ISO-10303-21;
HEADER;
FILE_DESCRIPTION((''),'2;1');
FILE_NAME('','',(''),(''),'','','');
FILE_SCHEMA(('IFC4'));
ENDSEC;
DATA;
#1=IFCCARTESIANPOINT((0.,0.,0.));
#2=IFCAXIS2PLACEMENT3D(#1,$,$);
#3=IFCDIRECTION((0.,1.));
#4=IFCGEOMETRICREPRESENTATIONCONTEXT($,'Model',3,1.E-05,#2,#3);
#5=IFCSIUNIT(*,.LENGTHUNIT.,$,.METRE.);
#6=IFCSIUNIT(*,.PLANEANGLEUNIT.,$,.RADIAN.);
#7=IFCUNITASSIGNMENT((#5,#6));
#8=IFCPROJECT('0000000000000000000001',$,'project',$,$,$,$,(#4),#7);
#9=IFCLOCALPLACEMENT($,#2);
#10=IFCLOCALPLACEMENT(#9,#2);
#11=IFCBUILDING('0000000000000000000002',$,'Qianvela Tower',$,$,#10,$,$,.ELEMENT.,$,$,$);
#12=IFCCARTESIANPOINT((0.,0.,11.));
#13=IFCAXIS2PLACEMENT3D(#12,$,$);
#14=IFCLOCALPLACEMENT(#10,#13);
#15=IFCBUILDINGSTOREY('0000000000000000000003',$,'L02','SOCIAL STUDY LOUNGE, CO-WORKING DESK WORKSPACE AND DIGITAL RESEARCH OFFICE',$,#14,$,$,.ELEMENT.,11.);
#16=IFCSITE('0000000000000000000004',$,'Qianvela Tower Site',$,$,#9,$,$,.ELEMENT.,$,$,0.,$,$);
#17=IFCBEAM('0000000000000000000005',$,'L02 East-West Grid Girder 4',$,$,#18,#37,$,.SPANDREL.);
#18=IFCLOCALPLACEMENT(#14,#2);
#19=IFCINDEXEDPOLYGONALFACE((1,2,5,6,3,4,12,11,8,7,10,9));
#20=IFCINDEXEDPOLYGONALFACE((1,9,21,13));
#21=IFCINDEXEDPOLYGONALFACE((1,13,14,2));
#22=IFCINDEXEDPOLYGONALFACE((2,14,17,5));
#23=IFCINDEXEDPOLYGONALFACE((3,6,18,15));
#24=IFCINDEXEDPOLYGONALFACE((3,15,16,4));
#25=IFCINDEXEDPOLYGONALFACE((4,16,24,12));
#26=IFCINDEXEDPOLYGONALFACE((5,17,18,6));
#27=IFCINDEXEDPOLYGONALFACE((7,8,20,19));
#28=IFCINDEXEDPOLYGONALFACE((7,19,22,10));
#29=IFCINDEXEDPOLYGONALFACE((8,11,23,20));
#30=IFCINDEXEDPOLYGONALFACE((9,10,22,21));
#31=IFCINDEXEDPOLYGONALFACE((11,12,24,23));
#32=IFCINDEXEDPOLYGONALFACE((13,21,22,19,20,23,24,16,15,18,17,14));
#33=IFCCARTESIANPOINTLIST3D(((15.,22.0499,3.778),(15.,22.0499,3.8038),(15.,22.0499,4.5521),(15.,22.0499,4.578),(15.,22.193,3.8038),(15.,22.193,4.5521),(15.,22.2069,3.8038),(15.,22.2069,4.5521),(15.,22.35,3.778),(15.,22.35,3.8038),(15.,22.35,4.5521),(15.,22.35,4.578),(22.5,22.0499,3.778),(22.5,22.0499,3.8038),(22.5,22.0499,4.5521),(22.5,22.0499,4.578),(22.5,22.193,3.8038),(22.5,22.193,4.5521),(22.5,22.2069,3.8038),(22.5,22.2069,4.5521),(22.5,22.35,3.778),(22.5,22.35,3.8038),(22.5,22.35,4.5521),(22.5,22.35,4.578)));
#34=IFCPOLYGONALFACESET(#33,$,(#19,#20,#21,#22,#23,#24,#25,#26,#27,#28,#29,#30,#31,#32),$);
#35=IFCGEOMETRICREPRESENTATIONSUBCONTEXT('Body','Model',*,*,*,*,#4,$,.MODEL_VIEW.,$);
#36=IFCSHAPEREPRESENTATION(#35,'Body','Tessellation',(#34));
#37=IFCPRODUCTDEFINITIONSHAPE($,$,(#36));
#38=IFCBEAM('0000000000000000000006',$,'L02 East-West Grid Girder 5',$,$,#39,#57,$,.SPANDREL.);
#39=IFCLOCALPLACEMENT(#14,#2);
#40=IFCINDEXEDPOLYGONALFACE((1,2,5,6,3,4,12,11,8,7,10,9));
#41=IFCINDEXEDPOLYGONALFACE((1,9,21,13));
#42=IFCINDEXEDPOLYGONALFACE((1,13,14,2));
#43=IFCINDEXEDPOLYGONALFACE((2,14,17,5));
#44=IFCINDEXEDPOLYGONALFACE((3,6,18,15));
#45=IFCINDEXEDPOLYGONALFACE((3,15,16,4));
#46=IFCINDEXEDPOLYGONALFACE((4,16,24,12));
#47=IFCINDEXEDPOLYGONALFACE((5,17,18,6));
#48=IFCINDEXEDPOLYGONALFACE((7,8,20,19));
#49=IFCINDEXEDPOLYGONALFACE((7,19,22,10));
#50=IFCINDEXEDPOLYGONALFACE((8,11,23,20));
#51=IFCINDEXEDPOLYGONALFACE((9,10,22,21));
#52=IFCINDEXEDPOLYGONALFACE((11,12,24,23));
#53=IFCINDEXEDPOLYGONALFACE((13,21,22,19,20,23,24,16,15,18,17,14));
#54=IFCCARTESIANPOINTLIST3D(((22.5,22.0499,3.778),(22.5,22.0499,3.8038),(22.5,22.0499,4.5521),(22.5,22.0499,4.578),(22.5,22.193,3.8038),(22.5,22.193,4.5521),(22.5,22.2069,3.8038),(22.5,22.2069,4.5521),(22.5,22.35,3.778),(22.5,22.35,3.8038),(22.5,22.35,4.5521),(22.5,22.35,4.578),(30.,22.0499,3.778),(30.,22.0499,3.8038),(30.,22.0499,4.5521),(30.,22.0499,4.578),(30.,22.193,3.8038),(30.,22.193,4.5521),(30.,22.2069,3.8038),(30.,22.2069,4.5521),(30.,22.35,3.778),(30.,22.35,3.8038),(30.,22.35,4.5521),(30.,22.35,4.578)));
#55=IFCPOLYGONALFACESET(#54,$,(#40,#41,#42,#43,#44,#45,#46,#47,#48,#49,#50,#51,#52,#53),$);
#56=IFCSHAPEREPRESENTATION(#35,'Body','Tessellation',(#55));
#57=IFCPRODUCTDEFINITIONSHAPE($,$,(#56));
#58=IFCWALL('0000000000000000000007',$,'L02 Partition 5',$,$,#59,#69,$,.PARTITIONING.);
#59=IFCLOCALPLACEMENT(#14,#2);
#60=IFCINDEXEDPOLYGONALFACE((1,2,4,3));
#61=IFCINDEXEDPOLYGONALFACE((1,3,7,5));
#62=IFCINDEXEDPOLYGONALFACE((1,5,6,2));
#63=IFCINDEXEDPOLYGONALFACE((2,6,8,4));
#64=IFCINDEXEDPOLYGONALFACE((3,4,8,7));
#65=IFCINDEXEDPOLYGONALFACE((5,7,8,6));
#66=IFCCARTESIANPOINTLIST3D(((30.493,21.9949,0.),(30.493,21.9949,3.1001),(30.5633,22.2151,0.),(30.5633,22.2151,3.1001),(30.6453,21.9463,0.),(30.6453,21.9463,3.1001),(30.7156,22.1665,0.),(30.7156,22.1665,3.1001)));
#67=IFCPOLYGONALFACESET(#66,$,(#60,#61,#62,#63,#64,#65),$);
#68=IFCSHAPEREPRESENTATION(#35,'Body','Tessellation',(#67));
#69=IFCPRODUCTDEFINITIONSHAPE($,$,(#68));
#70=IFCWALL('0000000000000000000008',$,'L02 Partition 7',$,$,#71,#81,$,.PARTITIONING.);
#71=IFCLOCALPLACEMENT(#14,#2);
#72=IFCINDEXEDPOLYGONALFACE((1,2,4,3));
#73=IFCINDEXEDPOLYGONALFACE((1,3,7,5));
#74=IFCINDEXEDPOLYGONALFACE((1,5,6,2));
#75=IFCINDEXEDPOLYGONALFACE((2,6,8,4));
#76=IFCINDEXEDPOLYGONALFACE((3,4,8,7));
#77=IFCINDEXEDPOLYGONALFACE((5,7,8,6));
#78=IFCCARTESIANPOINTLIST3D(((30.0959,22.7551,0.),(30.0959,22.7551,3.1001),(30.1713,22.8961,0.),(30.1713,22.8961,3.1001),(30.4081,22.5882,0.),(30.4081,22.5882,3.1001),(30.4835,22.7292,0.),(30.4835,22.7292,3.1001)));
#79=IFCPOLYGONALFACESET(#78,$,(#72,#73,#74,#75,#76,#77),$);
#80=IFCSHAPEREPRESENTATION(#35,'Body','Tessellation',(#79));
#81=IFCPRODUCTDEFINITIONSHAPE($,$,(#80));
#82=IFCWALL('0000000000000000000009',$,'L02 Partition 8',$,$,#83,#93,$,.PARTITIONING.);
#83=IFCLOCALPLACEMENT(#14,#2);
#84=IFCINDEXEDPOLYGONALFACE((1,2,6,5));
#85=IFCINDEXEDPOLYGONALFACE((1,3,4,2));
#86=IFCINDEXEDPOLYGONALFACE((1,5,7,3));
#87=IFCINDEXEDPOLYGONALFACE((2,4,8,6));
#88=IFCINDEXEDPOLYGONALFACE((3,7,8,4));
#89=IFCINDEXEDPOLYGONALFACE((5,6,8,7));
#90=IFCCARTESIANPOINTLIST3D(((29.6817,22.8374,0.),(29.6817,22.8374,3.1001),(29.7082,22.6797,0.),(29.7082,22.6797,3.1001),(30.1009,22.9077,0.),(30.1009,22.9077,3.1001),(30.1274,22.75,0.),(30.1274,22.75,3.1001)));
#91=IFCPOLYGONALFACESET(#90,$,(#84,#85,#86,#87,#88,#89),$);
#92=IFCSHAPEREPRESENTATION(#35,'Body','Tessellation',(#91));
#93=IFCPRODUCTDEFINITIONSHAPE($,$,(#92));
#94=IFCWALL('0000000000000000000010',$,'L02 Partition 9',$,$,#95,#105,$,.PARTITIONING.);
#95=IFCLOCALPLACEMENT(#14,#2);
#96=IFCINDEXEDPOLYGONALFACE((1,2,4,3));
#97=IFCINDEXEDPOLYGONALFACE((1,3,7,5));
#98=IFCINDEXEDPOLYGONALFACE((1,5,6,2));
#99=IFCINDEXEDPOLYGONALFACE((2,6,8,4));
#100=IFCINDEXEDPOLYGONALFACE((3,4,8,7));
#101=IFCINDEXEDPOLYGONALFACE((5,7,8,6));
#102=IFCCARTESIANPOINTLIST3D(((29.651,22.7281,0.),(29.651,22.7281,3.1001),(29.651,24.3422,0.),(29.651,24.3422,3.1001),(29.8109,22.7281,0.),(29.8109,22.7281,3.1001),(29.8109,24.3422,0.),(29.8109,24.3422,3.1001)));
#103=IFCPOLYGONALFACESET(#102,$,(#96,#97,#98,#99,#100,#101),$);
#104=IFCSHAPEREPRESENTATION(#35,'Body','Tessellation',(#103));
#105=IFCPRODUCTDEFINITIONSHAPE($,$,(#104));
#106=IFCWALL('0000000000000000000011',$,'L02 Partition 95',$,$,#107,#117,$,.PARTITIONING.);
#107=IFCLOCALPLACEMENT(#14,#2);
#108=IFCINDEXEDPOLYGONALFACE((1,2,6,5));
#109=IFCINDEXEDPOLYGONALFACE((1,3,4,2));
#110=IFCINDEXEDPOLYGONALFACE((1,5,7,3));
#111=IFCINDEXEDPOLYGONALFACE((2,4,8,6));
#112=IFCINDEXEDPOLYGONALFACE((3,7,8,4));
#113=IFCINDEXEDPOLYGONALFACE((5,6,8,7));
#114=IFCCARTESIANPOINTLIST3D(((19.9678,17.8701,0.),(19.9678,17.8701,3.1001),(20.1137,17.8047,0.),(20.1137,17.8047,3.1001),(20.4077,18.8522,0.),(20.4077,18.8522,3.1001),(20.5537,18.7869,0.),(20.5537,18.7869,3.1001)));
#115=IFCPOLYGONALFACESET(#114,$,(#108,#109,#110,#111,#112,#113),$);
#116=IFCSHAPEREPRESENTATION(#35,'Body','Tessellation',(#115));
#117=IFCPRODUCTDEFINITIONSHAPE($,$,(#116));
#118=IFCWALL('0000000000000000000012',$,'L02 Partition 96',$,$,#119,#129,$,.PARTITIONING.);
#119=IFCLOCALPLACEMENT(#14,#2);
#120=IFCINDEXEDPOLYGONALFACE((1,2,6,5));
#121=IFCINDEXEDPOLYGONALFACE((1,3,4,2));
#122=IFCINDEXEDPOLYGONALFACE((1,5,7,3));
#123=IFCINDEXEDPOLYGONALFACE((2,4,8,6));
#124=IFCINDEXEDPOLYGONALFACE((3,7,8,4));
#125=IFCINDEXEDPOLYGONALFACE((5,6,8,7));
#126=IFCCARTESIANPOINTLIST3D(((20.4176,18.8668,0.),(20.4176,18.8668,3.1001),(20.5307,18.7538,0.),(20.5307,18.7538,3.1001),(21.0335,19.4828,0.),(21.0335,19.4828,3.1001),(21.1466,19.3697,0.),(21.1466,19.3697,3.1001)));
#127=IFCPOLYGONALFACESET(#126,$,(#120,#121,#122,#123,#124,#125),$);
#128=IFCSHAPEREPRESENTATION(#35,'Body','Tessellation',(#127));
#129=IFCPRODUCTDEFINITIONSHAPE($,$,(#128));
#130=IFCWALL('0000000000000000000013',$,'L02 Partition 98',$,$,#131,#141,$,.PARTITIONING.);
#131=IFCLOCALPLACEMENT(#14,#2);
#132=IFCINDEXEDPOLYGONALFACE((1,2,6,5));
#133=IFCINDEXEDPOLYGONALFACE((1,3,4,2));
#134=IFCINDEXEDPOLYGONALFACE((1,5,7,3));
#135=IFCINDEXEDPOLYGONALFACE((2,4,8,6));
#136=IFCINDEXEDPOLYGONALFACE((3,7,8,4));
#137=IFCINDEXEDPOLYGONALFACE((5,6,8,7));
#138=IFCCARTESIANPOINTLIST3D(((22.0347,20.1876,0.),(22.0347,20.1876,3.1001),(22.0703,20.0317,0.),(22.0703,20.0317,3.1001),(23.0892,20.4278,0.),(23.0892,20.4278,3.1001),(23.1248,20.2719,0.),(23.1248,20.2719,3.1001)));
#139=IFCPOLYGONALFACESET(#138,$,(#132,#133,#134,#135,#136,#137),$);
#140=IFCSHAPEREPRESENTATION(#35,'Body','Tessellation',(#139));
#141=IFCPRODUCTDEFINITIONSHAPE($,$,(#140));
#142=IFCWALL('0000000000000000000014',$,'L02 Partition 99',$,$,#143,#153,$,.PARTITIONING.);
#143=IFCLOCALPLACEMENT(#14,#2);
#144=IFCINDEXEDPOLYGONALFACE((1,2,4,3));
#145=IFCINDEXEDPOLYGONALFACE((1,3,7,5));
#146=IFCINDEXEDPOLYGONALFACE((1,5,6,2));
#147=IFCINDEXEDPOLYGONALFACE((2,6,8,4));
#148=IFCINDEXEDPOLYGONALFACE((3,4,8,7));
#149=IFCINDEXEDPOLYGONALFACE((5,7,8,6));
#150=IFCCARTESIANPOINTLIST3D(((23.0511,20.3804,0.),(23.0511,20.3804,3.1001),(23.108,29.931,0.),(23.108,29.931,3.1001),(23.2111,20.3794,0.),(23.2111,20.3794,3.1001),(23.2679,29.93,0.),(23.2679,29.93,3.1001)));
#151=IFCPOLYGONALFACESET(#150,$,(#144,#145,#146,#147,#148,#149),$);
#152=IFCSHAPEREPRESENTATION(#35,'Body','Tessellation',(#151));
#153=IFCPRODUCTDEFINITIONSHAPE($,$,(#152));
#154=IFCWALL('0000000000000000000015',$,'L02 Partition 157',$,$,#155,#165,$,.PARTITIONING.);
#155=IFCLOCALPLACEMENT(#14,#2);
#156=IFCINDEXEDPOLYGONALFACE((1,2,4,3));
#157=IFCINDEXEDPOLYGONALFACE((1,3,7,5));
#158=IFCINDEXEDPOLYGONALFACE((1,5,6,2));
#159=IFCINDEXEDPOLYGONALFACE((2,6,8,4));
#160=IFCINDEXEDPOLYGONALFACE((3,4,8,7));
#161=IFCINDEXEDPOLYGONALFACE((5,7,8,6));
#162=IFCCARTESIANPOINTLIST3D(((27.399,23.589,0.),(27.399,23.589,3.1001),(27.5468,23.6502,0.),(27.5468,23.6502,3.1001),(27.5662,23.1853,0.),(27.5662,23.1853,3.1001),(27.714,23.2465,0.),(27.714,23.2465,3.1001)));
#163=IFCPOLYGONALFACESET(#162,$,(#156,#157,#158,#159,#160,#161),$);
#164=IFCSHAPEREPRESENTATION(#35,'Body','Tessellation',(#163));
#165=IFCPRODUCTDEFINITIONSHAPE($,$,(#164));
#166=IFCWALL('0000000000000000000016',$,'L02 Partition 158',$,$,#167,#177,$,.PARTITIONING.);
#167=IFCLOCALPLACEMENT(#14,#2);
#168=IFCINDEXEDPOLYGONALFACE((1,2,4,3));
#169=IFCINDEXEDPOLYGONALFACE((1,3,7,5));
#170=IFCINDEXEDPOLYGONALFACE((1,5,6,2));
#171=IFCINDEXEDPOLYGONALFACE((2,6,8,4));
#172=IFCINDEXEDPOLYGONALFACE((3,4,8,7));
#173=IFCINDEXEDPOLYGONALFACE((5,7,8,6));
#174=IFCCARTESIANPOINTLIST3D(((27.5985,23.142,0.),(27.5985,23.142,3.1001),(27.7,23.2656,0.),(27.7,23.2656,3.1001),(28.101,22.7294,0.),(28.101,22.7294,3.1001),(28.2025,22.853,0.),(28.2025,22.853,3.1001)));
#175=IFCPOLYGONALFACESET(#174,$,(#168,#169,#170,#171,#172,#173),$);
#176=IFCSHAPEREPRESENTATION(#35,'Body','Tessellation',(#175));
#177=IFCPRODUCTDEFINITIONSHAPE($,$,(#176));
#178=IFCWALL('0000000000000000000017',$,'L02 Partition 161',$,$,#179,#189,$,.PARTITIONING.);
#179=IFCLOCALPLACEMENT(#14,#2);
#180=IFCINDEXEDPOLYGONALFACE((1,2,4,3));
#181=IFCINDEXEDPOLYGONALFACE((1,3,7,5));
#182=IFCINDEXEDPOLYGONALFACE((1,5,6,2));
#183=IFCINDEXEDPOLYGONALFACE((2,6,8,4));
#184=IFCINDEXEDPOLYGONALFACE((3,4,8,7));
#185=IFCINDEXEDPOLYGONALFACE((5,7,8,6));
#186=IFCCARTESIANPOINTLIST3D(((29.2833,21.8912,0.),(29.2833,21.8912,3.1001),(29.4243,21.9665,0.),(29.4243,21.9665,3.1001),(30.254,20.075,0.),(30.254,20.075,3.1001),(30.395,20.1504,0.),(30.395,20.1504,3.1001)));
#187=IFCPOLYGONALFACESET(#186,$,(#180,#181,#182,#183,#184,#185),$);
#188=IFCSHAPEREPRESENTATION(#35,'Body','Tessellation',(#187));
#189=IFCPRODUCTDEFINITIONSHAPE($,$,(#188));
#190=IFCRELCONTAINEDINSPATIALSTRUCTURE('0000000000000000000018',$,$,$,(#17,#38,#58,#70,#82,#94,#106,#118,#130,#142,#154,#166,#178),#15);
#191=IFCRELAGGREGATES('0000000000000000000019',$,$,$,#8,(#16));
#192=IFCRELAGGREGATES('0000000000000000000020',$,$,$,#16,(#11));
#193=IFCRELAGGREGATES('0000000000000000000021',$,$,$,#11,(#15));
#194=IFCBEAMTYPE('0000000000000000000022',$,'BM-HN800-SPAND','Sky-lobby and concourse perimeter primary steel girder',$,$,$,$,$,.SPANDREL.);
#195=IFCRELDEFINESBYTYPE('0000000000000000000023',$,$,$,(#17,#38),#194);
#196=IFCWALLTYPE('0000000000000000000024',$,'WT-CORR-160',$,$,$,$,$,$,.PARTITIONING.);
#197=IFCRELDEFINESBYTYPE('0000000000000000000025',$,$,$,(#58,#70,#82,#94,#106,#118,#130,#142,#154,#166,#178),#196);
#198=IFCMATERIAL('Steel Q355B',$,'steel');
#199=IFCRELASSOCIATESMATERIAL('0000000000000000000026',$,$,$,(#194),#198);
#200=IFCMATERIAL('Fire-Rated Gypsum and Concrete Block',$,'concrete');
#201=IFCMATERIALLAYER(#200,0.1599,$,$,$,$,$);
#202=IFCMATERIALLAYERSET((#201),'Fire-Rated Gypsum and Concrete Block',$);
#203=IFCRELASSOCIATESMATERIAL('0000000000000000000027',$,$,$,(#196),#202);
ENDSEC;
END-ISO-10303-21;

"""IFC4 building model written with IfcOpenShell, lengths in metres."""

from ifc_helpers import new_model, si_unit, direction, frame, frame_2d, origin, origin_2d, place, context, subcontext, project, spatial, rectangle, i_section, extrude, material, layer, layer_set, material_profile, profile_set, type_object, element, save


model = new_model("IFC4")

# Units and contexts
model_context = context("Model", 3, precision=1e-05, world=origin(), true_north=direction((0.0, 1.0)))
body_context = subcontext(model_context, "Body", "Model", "MODEL_VIEW")
ifc_project = project(units=[si_unit("LENGTHUNIT", "METRE"), si_unit("PLANEANGLEUNIT", "RADIAN")], contexts=[model_context])

# Site, building, storey
site_placement = place(None, origin())
site = spatial("IfcSite", under=ifc_project, at=site_placement, Name="Qianvela Tower Site", CompositionType="ELEMENT", RefElevation=0.0)
building_placement = place(site_placement, origin())
building = spatial("IfcBuilding", under=site, at=building_placement, Name="Qianvela Tower", CompositionType="ELEMENT")
storey_placement = place(building_placement, frame((0.0, 0.0, 11.0)))
storey = spatial("IfcBuildingStorey", under=building, at=storey_placement, Name="L02", Description="SOCIAL STUDY LOUNGE, CO-WORKING DESK WORKSPACE AND DIGITAL RESEARCH OFFICE", CompositionType="ELEMENT", Elevation=11.0)

# Beams
ifc_material_1 = material(Name="Steel Q355B", Category="steel")
ifc_material_profile_1 = material_profile(ifc_material_1, i_section(OverallWidth=0.3, OverallDepth=0.8, WebThickness=0.0139, FlangeThickness=0.0259, at=origin_2d()), Name="HN800x300x14x26")
ifc_profile_set_1 = profile_set([ifc_material_profile_1], Name="Steel Q355B")
beam_type_1 = type_object("IfcBeamType", Name="BM-HN800-SPAND", Description="Sky-lobby and concourse perimeter primary steel girder", PredefinedType="SPANDREL", material=ifc_profile_set_1)
for number, where, z_axis, x_axis, name in (
    (1, (15.0, 22.2, 4.178), (1.0, 0.0, 0.0), (0.0, 1.0, 0.0), "L02 East-West Grid Girder 4"),
    (2, (22.5, 22.2, 4.178), (1.0, 0.0, 0.0), (0.0, 1.0, 0.0), "L02 East-West Grid Girder 5"),
):
    element("IfcBeam", number, at=place(storey_placement, frame(where, z_axis=z_axis, x_axis=x_axis)), inside=storey, type_object=beam_type_1, Name=name, PredefinedType="SPANDREL", context=body_context, shape_type="SweptSolid", body=[
        extrude(i_section(OverallWidth=0.3, OverallDepth=0.8, WebThickness=0.0139, FlangeThickness=0.0259, at=origin_2d()), origin(), (0.0, 0.0, 1.0), 7.5),
    ])

# Walls
ifc_material_2 = material(Name="Fire-Rated Gypsum and Concrete Block", Category="concrete")
ifc_layer_1 = layer(ifc_material_2, 0.1599)
ifc_layer_set_1 = layer_set([ifc_layer_1], Name="Fire-Rated Gypsum and Concrete Block")
wall_type_1 = type_object("IfcWallType", Name="WT-CORR-160", PredefinedType="PARTITIONING", material=ifc_layer_set_1)
wall_1_placement = place(storey_placement, frame((30.5691, 21.9705, 0.0), z_axis=(0.0, 0.0, 1.0), x_axis=(0.304163, 0.95262, 0.0)))
element("IfcWall", 3, at=wall_1_placement, inside=storey, type_object=wall_type_1, Name="L02 Partition 5", PredefinedType="PARTITIONING", context=body_context, shape_type="SweptSolid", body=[
    extrude(rectangle(XDim=0.2312, YDim=0.1599, at=frame_2d((0.1157, 0.0))), origin(), (0.0, 0.0, 1.0), 3.1001),
])
wall_2_placement = place(storey_placement, frame((30.4458, 22.6587, 0.0), z_axis=(0.0, 0.0, 1.0), x_axis=(-0.881818, 0.47159, 0.0)))
element("IfcWall", 4, at=wall_2_placement, inside=storey, type_object=wall_type_1, Name="L02 Partition 7", PredefinedType="PARTITIONING", context=body_context, shape_type="SweptSolid", body=[
    extrude(rectangle(XDim=0.354, YDim=0.1599, at=frame_2d((0.177, 0.0))), origin(), (0.0, 0.0, 1.0), 3.1001),
])
wall_3_placement = place(storey_placement, frame((30.114, 22.8289, 0.0), z_axis=(0.0, 0.0, 1.0), x_axis=(-0.986223, -0.165423, 0.0)))
element("IfcWall", 5, at=wall_3_placement, inside=storey, type_object=wall_type_1, Name="L02 Partition 8", PredefinedType="PARTITIONING", context=body_context, shape_type="SweptSolid", body=[
    extrude(rectangle(XDim=0.425, YDim=0.1599, at=frame_2d((0.2124, 0.0))), origin(), (0.0, 0.0, 1.0), 3.1001),
])
wall_4_placement = place(storey_placement, frame((29.731, 22.728, 0.0), z_axis=(0.0, 0.0, 1.0), x_axis=(0.0, 1.0, 0.0)))
element("IfcWall", 6, at=wall_4_placement, inside=storey, type_object=wall_type_1, Name="L02 Partition 9", PredefinedType="PARTITIONING", context=body_context, shape_type="SweptSolid", body=[
    extrude(rectangle(XDim=1.614, YDim=0.1599, at=frame_2d((0.8071, 0.0))), origin(), (0.0, 0.0, 1.0), 3.1001),
])
wall_5_placement = place(storey_placement, frame((20.0408, 17.8374, 0.0), z_axis=(0.0, 0.0, 1.0), x_axis=(0.408789, 0.912629, 0.0)))
element("IfcWall", 7, at=wall_5_placement, inside=storey, type_object=wall_type_1, Name="L02 Partition 95", PredefinedType="PARTITIONING", context=body_context, shape_type="SweptSolid", body=[
    extrude(rectangle(XDim=1.0762, YDim=0.1599, at=frame_2d((0.5381, 0.0))), origin(), (0.0, 0.0, 1.0), 3.1001),
])
wall_6_placement = place(storey_placement, frame((20.4741, 18.8103, 0.0), z_axis=(0.0, 0.0, 1.0), x_axis=(0.707107, 0.707107, 0.0)))
element("IfcWall", 8, at=wall_6_placement, inside=storey, type_object=wall_type_1, Name="L02 Partition 96", PredefinedType="PARTITIONING", context=body_context, shape_type="SweptSolid", body=[
    extrude(rectangle(XDim=0.8711, YDim=0.1599, at=frame_2d((0.4355, 0.0))), origin(), (0.0, 0.0, 1.0), 3.1001),
])
wall_7_placement = place(storey_placement, frame((22.0525, 20.1096, 0.0), z_axis=(0.0, 0.0, 1.0), x_axis=(0.975015, 0.222138, 0.0)))
element("IfcWall", 9, at=wall_7_placement, inside=storey, type_object=wall_type_1, Name="L02 Partition 98", PredefinedType="PARTITIONING", context=body_context, shape_type="SweptSolid", body=[
    extrude(rectangle(XDim=1.0815, YDim=0.1599, at=frame_2d((0.5408, 0.0))), origin(), (0.0, 0.0, 1.0), 3.1001),
])
wall_8_placement = place(storey_placement, frame((23.1311, 20.3799, 0.0), z_axis=(0.0, 0.0, 1.0), x_axis=(0.005956, 0.999982, 0.0)))
element("IfcWall", 10, at=wall_8_placement, inside=storey, type_object=wall_type_1, Name="L02 Partition 99", PredefinedType="PARTITIONING", context=body_context, shape_type="SweptSolid", body=[
    extrude(rectangle(XDim=9.5508, YDim=0.1599, at=frame_2d((4.7754, 0.0))), origin(), (0.0, 0.0, 1.0), 3.1001),
])
wall_9_placement = place(storey_placement, frame((27.4729, 23.6196, 0.0), z_axis=(0.0, 0.0, 1.0), x_axis=(0.382631, -0.923901, 0.0)))
element("IfcWall", 11, at=wall_9_placement, inside=storey, type_object=wall_type_1, Name="L02 Partition 157", PredefinedType="PARTITIONING", context=body_context, shape_type="SweptSolid", body=[
    extrude(rectangle(XDim=0.437, YDim=0.1599, at=frame_2d((0.2185, 0.0))), origin(), (0.0, 0.0, 1.0), 3.1001),
])
wall_10_placement = place(storey_placement, frame((27.6492, 23.2039, 0.0), z_axis=(0.0, 0.0, 1.0), x_axis=(0.772818, -0.634627, 0.0)))
element("IfcWall", 12, at=wall_10_placement, inside=storey, type_object=wall_type_1, Name="L02 Partition 158", PredefinedType="PARTITIONING", context=body_context, shape_type="SweptSolid", body=[
    extrude(rectangle(XDim=0.6501, YDim=0.1599, at=frame_2d((0.3252, 0.0))), origin(), (0.0, 0.0, 1.0), 3.1001),
])
wall_11_placement = place(storey_placement, frame((29.3538, 21.929, 0.0), z_axis=(0.0, 0.0, 1.0), x_axis=(0.471376, -0.881933, 0.0)))
element("IfcWall", 13, at=wall_11_placement, inside=storey, type_object=wall_type_1, Name="L02 Partition 161", PredefinedType="PARTITIONING", context=body_context, shape_type="SweptSolid", body=[
    extrude(rectangle(XDim=2.0593, YDim=0.1599, at=frame_2d((1.0298, 0.0))), origin(), (0.0, 0.0, 1.0), 3.1001),
])

save(model, "model.ifc")
